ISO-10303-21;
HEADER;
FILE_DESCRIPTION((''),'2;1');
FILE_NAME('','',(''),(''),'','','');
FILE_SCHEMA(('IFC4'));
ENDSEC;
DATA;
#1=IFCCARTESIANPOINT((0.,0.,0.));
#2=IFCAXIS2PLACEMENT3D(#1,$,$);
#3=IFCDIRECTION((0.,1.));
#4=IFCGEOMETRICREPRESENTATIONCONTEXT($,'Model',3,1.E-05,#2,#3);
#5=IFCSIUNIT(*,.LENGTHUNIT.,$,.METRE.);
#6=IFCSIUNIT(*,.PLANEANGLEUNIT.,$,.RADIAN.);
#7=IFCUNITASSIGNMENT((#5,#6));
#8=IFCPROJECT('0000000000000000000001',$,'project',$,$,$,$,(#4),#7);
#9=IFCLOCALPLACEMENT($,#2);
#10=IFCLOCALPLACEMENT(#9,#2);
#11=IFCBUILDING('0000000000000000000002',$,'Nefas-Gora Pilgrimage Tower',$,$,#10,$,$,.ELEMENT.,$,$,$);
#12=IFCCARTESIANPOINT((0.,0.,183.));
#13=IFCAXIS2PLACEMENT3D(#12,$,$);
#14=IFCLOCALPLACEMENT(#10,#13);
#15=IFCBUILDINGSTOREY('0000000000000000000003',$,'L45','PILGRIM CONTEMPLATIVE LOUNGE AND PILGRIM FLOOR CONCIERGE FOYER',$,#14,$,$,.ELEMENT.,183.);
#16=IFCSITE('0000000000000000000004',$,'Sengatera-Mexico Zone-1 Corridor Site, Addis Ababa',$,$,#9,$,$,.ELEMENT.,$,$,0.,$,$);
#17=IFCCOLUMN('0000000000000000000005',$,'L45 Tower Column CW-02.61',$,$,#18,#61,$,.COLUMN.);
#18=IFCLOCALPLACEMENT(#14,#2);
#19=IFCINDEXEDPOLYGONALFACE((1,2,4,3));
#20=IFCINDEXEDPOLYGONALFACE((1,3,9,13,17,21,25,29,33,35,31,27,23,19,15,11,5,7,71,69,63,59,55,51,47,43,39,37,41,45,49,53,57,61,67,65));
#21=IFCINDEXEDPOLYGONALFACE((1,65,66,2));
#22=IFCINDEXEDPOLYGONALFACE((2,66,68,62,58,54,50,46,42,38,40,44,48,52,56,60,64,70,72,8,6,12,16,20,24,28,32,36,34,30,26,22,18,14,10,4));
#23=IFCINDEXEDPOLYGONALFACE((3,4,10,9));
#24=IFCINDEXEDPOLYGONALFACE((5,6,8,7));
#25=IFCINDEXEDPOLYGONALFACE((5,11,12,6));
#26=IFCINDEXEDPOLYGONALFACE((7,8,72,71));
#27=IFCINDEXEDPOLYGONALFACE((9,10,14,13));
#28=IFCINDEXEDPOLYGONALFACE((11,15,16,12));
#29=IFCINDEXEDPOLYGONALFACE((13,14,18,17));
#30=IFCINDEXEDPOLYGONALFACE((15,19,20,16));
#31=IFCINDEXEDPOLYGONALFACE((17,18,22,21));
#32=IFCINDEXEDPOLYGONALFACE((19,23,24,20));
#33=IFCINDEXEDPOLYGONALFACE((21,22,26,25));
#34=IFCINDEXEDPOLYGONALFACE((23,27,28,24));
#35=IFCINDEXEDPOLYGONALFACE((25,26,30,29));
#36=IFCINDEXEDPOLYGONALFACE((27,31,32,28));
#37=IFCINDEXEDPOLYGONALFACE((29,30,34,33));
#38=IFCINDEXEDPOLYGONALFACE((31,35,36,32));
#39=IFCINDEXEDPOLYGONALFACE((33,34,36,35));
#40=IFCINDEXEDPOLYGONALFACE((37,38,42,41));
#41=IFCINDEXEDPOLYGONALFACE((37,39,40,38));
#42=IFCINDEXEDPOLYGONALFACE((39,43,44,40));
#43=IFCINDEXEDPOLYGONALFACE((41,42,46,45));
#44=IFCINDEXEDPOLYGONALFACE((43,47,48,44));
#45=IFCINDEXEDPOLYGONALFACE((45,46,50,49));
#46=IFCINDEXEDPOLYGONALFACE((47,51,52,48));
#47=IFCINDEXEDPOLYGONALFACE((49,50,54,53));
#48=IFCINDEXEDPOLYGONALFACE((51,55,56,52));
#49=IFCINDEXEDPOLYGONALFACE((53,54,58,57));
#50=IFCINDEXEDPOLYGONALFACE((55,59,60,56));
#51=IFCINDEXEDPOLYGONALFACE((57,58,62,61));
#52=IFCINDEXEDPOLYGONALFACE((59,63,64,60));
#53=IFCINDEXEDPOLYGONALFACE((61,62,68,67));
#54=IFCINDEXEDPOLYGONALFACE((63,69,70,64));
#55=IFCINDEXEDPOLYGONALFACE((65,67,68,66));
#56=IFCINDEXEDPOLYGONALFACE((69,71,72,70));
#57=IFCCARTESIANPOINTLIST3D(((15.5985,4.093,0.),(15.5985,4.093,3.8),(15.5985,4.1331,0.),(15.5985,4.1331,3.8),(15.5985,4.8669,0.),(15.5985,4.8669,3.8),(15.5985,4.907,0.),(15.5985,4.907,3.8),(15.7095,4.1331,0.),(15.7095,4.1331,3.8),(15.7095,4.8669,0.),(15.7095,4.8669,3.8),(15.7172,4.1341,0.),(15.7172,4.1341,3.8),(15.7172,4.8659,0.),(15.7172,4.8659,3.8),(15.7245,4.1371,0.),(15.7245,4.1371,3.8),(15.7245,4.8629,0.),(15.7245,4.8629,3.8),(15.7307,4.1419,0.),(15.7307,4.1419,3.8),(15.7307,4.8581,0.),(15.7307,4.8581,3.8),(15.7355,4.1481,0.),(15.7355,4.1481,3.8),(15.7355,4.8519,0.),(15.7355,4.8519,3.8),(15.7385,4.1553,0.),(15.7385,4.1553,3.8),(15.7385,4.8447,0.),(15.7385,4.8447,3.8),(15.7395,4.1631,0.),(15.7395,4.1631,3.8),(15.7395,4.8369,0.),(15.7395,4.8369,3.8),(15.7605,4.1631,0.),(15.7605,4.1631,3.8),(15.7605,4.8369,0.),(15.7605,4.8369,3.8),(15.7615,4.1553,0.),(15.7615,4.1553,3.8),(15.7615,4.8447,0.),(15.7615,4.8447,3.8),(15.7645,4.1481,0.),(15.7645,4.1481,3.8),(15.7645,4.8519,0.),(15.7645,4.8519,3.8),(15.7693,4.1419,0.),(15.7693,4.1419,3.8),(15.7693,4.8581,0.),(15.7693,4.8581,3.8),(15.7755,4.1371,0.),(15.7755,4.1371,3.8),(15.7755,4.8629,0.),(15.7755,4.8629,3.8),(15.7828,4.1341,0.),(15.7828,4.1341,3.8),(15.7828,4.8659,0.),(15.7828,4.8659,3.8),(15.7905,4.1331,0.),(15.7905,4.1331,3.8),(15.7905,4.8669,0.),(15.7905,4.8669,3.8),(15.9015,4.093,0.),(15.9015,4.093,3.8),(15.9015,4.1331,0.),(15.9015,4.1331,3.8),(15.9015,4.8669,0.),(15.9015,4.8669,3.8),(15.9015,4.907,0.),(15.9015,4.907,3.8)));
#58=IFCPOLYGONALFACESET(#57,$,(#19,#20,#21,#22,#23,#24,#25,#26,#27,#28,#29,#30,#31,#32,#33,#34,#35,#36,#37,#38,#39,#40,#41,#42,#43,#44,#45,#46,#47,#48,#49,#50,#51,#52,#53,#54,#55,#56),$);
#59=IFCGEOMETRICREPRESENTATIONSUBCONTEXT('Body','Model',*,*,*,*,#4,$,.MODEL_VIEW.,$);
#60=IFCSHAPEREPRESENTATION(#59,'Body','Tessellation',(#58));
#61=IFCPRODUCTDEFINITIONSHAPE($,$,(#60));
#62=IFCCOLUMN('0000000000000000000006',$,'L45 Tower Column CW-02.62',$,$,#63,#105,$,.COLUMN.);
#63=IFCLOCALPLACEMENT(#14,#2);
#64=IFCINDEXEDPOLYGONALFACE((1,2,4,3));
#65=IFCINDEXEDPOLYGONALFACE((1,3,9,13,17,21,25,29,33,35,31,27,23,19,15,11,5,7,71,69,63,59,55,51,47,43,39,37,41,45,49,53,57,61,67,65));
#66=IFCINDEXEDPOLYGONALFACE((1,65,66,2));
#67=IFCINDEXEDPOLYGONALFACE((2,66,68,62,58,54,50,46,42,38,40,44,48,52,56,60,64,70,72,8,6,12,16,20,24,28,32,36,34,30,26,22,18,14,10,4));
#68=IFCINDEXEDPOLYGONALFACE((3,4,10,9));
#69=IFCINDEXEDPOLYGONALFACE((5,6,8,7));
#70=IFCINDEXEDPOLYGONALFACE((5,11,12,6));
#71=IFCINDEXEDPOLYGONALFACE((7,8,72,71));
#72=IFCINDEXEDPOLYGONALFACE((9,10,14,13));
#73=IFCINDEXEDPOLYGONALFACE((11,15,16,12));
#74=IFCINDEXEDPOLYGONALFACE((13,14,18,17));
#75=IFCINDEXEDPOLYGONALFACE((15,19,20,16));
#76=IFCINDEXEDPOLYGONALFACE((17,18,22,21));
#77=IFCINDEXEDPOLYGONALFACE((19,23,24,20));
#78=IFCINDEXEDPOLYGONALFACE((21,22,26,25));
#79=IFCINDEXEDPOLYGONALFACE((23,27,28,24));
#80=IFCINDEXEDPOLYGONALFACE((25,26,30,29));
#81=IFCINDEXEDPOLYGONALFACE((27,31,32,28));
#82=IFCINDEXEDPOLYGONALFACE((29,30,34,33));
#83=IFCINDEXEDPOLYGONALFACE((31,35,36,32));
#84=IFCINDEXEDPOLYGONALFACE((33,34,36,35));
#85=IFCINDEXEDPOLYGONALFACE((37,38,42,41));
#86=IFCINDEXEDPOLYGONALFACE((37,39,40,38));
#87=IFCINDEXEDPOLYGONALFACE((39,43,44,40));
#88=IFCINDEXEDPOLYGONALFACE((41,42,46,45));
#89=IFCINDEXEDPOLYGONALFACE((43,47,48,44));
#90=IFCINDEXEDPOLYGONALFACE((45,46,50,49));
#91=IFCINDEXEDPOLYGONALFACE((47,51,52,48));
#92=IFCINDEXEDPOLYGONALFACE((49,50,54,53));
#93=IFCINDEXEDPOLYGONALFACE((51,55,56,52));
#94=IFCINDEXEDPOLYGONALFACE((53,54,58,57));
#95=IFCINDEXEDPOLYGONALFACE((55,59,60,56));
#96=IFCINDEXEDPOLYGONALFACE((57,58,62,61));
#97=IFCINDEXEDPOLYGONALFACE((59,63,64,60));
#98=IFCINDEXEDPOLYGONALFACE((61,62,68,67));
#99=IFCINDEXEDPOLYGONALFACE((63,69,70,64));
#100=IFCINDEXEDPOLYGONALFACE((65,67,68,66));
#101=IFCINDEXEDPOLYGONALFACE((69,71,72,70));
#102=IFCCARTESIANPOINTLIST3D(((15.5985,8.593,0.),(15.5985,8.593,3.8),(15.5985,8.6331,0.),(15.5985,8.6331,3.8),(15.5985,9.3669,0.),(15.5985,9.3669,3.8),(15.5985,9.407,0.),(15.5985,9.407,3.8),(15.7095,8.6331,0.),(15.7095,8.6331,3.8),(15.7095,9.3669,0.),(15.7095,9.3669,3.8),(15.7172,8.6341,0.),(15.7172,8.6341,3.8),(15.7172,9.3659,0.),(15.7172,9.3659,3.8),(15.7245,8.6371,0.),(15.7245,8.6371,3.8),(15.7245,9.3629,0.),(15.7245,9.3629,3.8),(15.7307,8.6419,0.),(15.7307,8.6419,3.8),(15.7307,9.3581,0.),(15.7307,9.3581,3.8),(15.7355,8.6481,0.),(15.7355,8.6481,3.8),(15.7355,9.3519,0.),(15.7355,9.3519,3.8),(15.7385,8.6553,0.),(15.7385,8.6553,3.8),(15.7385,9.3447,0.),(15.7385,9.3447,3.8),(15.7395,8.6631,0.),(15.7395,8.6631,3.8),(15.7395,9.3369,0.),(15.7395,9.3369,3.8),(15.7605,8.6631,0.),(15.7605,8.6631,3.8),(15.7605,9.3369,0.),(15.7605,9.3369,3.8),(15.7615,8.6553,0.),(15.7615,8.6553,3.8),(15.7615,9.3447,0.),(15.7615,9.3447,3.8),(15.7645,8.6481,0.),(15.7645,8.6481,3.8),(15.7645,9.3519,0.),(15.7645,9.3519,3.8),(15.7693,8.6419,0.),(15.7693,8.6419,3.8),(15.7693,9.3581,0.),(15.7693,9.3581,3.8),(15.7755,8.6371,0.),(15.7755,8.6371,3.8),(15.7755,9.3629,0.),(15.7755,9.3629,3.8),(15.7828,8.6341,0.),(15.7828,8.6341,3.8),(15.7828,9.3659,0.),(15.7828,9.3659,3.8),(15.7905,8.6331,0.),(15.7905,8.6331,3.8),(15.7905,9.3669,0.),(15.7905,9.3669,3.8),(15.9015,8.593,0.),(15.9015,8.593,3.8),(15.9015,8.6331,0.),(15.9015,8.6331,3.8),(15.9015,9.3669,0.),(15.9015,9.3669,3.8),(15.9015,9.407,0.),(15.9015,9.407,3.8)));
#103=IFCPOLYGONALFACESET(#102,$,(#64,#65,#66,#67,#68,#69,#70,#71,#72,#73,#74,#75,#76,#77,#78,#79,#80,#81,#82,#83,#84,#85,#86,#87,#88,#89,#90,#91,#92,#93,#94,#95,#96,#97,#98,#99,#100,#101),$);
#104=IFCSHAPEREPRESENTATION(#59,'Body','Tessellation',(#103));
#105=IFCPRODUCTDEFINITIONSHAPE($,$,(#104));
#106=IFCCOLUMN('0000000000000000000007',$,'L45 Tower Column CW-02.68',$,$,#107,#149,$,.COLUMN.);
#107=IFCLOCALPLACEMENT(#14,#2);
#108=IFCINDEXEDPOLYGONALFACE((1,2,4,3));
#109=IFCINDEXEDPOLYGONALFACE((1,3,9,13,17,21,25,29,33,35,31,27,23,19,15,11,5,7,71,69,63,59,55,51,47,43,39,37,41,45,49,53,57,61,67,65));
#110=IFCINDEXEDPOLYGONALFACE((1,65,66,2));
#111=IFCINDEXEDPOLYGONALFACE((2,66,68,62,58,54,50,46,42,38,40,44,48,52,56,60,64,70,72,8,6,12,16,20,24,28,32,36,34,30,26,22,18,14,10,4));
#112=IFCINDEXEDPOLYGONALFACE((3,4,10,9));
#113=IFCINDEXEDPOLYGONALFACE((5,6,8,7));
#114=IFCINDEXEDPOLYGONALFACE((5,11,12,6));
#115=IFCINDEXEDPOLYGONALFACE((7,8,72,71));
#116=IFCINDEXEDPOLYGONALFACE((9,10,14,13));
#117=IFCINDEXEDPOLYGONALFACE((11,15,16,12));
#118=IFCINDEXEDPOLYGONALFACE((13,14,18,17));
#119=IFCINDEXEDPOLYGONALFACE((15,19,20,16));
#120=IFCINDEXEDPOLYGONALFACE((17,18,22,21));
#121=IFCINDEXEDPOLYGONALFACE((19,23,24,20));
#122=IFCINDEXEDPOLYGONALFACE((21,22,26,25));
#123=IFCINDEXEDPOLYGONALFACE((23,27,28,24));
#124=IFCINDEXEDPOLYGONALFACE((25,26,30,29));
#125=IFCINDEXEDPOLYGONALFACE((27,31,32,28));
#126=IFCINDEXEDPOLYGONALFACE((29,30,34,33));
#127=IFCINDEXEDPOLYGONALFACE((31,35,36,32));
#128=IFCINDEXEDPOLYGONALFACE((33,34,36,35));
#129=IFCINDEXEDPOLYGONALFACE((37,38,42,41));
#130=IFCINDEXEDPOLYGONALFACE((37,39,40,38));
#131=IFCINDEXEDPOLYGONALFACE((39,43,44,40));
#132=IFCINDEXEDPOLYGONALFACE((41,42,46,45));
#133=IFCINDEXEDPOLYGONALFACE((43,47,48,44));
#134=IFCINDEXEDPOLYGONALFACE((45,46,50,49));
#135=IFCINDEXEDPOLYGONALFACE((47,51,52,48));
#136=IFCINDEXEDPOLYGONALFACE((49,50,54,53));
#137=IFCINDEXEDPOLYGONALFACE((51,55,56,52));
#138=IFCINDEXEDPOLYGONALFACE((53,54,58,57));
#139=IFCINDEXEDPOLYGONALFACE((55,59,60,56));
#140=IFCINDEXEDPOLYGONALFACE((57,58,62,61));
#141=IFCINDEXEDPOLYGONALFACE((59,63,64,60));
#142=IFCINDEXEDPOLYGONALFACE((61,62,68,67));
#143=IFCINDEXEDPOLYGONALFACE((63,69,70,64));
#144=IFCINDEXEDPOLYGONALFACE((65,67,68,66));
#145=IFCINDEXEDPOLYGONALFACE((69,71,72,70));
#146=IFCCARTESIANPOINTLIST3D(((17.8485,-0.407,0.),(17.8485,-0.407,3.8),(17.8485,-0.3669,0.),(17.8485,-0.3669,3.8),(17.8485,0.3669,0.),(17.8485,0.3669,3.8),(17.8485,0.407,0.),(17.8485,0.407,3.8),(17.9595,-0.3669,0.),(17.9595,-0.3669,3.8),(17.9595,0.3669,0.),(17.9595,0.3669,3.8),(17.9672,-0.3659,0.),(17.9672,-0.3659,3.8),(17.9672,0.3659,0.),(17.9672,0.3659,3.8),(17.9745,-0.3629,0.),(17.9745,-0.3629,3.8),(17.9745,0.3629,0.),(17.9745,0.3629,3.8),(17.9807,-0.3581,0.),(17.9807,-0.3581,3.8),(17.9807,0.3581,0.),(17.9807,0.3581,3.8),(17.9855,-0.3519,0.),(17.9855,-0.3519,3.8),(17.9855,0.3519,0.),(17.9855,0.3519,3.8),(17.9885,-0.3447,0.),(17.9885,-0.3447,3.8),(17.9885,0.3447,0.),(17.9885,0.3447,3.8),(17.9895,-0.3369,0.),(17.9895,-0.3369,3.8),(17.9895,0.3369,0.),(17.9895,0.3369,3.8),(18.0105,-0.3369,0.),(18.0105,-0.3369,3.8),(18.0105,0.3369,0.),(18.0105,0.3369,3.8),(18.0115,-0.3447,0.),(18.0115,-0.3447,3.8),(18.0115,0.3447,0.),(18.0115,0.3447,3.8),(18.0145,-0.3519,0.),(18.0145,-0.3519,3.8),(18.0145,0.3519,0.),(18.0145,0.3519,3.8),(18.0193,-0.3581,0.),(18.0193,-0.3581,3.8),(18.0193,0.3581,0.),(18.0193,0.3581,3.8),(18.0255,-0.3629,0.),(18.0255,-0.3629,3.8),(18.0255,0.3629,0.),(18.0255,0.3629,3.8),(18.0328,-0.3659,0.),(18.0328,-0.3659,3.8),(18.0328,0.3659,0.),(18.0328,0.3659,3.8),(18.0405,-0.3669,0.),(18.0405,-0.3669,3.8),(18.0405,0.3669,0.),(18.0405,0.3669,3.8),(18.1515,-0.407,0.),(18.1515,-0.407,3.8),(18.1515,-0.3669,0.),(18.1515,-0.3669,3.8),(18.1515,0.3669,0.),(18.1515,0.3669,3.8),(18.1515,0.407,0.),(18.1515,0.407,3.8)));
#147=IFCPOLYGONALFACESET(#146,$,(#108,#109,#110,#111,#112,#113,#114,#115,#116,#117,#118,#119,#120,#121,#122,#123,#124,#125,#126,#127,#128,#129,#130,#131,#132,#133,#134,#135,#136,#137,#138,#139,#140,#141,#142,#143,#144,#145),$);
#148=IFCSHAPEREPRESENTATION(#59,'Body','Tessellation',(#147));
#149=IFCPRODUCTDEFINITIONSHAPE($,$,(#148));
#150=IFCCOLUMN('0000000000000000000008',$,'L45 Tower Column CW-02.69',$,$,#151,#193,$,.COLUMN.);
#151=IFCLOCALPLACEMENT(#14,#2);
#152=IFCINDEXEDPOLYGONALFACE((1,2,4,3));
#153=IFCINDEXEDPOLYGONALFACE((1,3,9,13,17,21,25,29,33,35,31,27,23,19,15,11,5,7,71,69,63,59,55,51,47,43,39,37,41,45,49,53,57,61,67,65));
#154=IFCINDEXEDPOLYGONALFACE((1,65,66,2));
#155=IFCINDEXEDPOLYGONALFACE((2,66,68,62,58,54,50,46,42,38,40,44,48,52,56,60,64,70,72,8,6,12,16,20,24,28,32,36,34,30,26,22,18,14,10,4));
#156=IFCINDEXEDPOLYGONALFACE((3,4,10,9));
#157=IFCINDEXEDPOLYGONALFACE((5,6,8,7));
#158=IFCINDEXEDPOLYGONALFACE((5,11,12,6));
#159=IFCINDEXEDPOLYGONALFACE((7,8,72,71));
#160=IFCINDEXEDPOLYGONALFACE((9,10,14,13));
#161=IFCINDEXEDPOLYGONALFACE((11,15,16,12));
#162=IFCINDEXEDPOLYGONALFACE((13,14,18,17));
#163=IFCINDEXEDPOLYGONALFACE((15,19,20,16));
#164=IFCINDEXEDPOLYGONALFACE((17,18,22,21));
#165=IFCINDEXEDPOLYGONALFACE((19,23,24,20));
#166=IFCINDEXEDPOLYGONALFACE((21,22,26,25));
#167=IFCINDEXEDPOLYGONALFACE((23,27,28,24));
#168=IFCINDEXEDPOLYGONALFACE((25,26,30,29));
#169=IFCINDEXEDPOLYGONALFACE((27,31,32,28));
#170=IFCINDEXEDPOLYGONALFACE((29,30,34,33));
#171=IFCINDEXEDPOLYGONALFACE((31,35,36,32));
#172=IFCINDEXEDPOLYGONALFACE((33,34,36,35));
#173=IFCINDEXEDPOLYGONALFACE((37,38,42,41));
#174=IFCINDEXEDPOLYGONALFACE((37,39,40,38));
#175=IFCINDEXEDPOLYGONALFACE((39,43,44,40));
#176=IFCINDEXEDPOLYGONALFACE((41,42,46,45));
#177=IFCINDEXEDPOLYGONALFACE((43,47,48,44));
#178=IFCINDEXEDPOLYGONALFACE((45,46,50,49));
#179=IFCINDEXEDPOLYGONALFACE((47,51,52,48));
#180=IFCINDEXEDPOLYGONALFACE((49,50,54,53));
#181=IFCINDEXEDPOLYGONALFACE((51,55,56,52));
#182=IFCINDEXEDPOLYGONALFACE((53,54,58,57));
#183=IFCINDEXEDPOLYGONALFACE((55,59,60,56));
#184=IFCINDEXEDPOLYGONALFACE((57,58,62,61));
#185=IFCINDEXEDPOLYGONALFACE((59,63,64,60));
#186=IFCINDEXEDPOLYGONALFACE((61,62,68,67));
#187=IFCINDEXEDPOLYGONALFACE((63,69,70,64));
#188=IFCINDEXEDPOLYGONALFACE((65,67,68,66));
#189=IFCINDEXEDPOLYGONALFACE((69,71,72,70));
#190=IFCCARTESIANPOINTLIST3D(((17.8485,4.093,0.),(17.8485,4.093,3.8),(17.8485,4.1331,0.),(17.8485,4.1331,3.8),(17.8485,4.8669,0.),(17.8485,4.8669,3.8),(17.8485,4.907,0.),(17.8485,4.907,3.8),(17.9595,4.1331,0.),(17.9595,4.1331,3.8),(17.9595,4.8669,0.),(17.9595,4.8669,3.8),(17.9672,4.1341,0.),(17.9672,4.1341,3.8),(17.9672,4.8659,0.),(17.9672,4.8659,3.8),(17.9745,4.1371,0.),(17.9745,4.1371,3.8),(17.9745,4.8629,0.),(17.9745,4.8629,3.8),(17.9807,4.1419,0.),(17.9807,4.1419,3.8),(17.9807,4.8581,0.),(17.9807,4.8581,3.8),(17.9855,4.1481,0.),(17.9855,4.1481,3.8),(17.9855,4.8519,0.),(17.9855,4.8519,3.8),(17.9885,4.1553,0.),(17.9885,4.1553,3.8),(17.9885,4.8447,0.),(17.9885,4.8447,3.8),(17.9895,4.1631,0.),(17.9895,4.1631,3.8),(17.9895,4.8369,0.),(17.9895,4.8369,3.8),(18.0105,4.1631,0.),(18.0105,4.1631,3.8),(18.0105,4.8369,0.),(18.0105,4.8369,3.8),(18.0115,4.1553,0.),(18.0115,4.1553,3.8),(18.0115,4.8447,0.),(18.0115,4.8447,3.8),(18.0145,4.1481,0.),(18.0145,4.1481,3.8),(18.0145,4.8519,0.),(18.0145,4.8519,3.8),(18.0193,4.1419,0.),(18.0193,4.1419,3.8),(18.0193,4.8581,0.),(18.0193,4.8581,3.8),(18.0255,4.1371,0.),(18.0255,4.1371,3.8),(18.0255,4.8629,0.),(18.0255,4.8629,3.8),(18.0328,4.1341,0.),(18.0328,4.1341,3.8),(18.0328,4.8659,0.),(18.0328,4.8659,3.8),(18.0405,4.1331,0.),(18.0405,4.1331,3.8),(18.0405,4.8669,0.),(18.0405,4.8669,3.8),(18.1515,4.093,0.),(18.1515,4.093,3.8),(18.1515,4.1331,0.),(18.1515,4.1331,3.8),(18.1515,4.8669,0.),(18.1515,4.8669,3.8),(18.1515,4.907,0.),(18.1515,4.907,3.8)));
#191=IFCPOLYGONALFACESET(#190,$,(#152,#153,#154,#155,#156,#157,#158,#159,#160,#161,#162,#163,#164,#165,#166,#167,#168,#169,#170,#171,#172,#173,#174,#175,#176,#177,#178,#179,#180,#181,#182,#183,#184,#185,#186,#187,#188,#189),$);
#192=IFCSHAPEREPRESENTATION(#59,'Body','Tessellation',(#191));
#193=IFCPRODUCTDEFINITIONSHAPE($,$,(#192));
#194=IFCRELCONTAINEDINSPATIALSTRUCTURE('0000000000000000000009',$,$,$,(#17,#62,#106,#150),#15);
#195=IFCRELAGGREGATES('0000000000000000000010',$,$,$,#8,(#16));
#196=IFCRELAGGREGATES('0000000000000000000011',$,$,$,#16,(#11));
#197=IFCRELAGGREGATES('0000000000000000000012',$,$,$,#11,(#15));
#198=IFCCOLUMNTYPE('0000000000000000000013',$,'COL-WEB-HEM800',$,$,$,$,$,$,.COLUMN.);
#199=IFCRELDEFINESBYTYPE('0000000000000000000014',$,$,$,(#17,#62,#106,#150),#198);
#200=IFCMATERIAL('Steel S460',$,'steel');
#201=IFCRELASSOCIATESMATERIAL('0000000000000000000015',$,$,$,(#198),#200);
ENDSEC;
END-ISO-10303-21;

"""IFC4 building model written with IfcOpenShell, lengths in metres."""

from ifc_helpers import new_model, si_unit, direction, frame, origin, origin_2d, place, context, subcontext, project, spatial, i_section, extrude, source, transform, mapped, material, material_profile, profile_set, type_object, element, save


model = new_model("IFC4")

# Units and contexts
model_context = context("Model", 3, precision=1e-05, world=origin(), true_north=direction((0.0, 1.0)))
body_context = subcontext(model_context, "Body", "Model", "MODEL_VIEW")
ifc_project = project(units=[si_unit("LENGTHUNIT", "METRE"), si_unit("PLANEANGLEUNIT", "RADIAN")], contexts=[model_context])

# Site, building, storey
site_placement = place(None, origin())
site = spatial("IfcSite", under=ifc_project, at=site_placement, Name="Sengatera-Mexico Zone-1 Corridor Site, Addis Ababa", CompositionType="ELEMENT", RefElevation=0.0)
building_placement = place(site_placement, origin())
building = spatial("IfcBuilding", under=site, at=building_placement, Name="Nefas-Gora Pilgrimage Tower", CompositionType="ELEMENT")
storey_placement = place(building_placement, frame((0.0, 0.0, 183.0)))
storey = spatial("IfcBuildingStorey", under=building, at=storey_placement, Name="L45", Description="PILGRIM CONTEMPLATIVE LOUNGE AND PILGRIM FLOOR CONCIERGE FOYER", CompositionType="ELEMENT", Elevation=183.0)

# Columns
ifc_material_1 = material(Name="Steel S460", Category="steel")
ifc_material_profile_1 = material_profile(ifc_material_1, i_section(OverallWidth=0.303, OverallDepth=0.814, WebThickness=0.021, FlangeThickness=0.04, FilletRadius=0.03, at=origin_2d()), Name="HEM 800")
ifc_profile_set_1 = profile_set([ifc_material_profile_1], Name="Steel S460")
column_type_1 = type_object("IfcColumnType", Name="COL-WEB-HEM800", PredefinedType="COLUMN", material=ifc_profile_set_1)
shared_shape_1 = source(origin(), body_context, "Body", "SweptSolid", [
    extrude(i_section(OverallWidth=0.303, OverallDepth=0.814, WebThickness=0.021, FlangeThickness=0.04, FilletRadius=0.03, at=origin_2d()), origin(), (0.0, 0.0, 1.0), 3.8),
])
for number, where, z_axis, x_axis, name in (
    (1, (15.75, 4.5, 0.0), (0.0, 0.0, 1.0), (1.0, 0.0, 0.0), "L45 Tower Column CW-02.61"),
    (2, (15.75, 9.0, 0.0), (0.0, 0.0, 1.0), (1.0, 0.0, 0.0), "L45 Tower Column CW-02.62"),
    (3, (18.0, 0.0, 0.0), (0.0, 0.0, 1.0), (1.0, 0.0, 0.0), "L45 Tower Column CW-02.68"),
    (4, (18.0, 4.5, 0.0), (0.0, 0.0, 1.0), (1.0, 0.0, 0.0), "L45 Tower Column CW-02.69"),
):
    element("IfcColumn", number, at=place(storey_placement, frame(where, z_axis=z_axis, x_axis=x_axis)), inside=storey, type_object=column_type_1, Name=name, PredefinedType="COLUMN", context=body_context, shape_type="MappedRepresentation", body=[
        mapped(shared_shape_1, transform((0.0, 0.0, 0.0), x_axis=(1.0, 0.0, 0.0), y_axis=(0.0, 1.0, 0.0), z_axis=(0.0, 0.0, 1.0), scale=1.0)),
    ])

save(model, "model.ifc")
